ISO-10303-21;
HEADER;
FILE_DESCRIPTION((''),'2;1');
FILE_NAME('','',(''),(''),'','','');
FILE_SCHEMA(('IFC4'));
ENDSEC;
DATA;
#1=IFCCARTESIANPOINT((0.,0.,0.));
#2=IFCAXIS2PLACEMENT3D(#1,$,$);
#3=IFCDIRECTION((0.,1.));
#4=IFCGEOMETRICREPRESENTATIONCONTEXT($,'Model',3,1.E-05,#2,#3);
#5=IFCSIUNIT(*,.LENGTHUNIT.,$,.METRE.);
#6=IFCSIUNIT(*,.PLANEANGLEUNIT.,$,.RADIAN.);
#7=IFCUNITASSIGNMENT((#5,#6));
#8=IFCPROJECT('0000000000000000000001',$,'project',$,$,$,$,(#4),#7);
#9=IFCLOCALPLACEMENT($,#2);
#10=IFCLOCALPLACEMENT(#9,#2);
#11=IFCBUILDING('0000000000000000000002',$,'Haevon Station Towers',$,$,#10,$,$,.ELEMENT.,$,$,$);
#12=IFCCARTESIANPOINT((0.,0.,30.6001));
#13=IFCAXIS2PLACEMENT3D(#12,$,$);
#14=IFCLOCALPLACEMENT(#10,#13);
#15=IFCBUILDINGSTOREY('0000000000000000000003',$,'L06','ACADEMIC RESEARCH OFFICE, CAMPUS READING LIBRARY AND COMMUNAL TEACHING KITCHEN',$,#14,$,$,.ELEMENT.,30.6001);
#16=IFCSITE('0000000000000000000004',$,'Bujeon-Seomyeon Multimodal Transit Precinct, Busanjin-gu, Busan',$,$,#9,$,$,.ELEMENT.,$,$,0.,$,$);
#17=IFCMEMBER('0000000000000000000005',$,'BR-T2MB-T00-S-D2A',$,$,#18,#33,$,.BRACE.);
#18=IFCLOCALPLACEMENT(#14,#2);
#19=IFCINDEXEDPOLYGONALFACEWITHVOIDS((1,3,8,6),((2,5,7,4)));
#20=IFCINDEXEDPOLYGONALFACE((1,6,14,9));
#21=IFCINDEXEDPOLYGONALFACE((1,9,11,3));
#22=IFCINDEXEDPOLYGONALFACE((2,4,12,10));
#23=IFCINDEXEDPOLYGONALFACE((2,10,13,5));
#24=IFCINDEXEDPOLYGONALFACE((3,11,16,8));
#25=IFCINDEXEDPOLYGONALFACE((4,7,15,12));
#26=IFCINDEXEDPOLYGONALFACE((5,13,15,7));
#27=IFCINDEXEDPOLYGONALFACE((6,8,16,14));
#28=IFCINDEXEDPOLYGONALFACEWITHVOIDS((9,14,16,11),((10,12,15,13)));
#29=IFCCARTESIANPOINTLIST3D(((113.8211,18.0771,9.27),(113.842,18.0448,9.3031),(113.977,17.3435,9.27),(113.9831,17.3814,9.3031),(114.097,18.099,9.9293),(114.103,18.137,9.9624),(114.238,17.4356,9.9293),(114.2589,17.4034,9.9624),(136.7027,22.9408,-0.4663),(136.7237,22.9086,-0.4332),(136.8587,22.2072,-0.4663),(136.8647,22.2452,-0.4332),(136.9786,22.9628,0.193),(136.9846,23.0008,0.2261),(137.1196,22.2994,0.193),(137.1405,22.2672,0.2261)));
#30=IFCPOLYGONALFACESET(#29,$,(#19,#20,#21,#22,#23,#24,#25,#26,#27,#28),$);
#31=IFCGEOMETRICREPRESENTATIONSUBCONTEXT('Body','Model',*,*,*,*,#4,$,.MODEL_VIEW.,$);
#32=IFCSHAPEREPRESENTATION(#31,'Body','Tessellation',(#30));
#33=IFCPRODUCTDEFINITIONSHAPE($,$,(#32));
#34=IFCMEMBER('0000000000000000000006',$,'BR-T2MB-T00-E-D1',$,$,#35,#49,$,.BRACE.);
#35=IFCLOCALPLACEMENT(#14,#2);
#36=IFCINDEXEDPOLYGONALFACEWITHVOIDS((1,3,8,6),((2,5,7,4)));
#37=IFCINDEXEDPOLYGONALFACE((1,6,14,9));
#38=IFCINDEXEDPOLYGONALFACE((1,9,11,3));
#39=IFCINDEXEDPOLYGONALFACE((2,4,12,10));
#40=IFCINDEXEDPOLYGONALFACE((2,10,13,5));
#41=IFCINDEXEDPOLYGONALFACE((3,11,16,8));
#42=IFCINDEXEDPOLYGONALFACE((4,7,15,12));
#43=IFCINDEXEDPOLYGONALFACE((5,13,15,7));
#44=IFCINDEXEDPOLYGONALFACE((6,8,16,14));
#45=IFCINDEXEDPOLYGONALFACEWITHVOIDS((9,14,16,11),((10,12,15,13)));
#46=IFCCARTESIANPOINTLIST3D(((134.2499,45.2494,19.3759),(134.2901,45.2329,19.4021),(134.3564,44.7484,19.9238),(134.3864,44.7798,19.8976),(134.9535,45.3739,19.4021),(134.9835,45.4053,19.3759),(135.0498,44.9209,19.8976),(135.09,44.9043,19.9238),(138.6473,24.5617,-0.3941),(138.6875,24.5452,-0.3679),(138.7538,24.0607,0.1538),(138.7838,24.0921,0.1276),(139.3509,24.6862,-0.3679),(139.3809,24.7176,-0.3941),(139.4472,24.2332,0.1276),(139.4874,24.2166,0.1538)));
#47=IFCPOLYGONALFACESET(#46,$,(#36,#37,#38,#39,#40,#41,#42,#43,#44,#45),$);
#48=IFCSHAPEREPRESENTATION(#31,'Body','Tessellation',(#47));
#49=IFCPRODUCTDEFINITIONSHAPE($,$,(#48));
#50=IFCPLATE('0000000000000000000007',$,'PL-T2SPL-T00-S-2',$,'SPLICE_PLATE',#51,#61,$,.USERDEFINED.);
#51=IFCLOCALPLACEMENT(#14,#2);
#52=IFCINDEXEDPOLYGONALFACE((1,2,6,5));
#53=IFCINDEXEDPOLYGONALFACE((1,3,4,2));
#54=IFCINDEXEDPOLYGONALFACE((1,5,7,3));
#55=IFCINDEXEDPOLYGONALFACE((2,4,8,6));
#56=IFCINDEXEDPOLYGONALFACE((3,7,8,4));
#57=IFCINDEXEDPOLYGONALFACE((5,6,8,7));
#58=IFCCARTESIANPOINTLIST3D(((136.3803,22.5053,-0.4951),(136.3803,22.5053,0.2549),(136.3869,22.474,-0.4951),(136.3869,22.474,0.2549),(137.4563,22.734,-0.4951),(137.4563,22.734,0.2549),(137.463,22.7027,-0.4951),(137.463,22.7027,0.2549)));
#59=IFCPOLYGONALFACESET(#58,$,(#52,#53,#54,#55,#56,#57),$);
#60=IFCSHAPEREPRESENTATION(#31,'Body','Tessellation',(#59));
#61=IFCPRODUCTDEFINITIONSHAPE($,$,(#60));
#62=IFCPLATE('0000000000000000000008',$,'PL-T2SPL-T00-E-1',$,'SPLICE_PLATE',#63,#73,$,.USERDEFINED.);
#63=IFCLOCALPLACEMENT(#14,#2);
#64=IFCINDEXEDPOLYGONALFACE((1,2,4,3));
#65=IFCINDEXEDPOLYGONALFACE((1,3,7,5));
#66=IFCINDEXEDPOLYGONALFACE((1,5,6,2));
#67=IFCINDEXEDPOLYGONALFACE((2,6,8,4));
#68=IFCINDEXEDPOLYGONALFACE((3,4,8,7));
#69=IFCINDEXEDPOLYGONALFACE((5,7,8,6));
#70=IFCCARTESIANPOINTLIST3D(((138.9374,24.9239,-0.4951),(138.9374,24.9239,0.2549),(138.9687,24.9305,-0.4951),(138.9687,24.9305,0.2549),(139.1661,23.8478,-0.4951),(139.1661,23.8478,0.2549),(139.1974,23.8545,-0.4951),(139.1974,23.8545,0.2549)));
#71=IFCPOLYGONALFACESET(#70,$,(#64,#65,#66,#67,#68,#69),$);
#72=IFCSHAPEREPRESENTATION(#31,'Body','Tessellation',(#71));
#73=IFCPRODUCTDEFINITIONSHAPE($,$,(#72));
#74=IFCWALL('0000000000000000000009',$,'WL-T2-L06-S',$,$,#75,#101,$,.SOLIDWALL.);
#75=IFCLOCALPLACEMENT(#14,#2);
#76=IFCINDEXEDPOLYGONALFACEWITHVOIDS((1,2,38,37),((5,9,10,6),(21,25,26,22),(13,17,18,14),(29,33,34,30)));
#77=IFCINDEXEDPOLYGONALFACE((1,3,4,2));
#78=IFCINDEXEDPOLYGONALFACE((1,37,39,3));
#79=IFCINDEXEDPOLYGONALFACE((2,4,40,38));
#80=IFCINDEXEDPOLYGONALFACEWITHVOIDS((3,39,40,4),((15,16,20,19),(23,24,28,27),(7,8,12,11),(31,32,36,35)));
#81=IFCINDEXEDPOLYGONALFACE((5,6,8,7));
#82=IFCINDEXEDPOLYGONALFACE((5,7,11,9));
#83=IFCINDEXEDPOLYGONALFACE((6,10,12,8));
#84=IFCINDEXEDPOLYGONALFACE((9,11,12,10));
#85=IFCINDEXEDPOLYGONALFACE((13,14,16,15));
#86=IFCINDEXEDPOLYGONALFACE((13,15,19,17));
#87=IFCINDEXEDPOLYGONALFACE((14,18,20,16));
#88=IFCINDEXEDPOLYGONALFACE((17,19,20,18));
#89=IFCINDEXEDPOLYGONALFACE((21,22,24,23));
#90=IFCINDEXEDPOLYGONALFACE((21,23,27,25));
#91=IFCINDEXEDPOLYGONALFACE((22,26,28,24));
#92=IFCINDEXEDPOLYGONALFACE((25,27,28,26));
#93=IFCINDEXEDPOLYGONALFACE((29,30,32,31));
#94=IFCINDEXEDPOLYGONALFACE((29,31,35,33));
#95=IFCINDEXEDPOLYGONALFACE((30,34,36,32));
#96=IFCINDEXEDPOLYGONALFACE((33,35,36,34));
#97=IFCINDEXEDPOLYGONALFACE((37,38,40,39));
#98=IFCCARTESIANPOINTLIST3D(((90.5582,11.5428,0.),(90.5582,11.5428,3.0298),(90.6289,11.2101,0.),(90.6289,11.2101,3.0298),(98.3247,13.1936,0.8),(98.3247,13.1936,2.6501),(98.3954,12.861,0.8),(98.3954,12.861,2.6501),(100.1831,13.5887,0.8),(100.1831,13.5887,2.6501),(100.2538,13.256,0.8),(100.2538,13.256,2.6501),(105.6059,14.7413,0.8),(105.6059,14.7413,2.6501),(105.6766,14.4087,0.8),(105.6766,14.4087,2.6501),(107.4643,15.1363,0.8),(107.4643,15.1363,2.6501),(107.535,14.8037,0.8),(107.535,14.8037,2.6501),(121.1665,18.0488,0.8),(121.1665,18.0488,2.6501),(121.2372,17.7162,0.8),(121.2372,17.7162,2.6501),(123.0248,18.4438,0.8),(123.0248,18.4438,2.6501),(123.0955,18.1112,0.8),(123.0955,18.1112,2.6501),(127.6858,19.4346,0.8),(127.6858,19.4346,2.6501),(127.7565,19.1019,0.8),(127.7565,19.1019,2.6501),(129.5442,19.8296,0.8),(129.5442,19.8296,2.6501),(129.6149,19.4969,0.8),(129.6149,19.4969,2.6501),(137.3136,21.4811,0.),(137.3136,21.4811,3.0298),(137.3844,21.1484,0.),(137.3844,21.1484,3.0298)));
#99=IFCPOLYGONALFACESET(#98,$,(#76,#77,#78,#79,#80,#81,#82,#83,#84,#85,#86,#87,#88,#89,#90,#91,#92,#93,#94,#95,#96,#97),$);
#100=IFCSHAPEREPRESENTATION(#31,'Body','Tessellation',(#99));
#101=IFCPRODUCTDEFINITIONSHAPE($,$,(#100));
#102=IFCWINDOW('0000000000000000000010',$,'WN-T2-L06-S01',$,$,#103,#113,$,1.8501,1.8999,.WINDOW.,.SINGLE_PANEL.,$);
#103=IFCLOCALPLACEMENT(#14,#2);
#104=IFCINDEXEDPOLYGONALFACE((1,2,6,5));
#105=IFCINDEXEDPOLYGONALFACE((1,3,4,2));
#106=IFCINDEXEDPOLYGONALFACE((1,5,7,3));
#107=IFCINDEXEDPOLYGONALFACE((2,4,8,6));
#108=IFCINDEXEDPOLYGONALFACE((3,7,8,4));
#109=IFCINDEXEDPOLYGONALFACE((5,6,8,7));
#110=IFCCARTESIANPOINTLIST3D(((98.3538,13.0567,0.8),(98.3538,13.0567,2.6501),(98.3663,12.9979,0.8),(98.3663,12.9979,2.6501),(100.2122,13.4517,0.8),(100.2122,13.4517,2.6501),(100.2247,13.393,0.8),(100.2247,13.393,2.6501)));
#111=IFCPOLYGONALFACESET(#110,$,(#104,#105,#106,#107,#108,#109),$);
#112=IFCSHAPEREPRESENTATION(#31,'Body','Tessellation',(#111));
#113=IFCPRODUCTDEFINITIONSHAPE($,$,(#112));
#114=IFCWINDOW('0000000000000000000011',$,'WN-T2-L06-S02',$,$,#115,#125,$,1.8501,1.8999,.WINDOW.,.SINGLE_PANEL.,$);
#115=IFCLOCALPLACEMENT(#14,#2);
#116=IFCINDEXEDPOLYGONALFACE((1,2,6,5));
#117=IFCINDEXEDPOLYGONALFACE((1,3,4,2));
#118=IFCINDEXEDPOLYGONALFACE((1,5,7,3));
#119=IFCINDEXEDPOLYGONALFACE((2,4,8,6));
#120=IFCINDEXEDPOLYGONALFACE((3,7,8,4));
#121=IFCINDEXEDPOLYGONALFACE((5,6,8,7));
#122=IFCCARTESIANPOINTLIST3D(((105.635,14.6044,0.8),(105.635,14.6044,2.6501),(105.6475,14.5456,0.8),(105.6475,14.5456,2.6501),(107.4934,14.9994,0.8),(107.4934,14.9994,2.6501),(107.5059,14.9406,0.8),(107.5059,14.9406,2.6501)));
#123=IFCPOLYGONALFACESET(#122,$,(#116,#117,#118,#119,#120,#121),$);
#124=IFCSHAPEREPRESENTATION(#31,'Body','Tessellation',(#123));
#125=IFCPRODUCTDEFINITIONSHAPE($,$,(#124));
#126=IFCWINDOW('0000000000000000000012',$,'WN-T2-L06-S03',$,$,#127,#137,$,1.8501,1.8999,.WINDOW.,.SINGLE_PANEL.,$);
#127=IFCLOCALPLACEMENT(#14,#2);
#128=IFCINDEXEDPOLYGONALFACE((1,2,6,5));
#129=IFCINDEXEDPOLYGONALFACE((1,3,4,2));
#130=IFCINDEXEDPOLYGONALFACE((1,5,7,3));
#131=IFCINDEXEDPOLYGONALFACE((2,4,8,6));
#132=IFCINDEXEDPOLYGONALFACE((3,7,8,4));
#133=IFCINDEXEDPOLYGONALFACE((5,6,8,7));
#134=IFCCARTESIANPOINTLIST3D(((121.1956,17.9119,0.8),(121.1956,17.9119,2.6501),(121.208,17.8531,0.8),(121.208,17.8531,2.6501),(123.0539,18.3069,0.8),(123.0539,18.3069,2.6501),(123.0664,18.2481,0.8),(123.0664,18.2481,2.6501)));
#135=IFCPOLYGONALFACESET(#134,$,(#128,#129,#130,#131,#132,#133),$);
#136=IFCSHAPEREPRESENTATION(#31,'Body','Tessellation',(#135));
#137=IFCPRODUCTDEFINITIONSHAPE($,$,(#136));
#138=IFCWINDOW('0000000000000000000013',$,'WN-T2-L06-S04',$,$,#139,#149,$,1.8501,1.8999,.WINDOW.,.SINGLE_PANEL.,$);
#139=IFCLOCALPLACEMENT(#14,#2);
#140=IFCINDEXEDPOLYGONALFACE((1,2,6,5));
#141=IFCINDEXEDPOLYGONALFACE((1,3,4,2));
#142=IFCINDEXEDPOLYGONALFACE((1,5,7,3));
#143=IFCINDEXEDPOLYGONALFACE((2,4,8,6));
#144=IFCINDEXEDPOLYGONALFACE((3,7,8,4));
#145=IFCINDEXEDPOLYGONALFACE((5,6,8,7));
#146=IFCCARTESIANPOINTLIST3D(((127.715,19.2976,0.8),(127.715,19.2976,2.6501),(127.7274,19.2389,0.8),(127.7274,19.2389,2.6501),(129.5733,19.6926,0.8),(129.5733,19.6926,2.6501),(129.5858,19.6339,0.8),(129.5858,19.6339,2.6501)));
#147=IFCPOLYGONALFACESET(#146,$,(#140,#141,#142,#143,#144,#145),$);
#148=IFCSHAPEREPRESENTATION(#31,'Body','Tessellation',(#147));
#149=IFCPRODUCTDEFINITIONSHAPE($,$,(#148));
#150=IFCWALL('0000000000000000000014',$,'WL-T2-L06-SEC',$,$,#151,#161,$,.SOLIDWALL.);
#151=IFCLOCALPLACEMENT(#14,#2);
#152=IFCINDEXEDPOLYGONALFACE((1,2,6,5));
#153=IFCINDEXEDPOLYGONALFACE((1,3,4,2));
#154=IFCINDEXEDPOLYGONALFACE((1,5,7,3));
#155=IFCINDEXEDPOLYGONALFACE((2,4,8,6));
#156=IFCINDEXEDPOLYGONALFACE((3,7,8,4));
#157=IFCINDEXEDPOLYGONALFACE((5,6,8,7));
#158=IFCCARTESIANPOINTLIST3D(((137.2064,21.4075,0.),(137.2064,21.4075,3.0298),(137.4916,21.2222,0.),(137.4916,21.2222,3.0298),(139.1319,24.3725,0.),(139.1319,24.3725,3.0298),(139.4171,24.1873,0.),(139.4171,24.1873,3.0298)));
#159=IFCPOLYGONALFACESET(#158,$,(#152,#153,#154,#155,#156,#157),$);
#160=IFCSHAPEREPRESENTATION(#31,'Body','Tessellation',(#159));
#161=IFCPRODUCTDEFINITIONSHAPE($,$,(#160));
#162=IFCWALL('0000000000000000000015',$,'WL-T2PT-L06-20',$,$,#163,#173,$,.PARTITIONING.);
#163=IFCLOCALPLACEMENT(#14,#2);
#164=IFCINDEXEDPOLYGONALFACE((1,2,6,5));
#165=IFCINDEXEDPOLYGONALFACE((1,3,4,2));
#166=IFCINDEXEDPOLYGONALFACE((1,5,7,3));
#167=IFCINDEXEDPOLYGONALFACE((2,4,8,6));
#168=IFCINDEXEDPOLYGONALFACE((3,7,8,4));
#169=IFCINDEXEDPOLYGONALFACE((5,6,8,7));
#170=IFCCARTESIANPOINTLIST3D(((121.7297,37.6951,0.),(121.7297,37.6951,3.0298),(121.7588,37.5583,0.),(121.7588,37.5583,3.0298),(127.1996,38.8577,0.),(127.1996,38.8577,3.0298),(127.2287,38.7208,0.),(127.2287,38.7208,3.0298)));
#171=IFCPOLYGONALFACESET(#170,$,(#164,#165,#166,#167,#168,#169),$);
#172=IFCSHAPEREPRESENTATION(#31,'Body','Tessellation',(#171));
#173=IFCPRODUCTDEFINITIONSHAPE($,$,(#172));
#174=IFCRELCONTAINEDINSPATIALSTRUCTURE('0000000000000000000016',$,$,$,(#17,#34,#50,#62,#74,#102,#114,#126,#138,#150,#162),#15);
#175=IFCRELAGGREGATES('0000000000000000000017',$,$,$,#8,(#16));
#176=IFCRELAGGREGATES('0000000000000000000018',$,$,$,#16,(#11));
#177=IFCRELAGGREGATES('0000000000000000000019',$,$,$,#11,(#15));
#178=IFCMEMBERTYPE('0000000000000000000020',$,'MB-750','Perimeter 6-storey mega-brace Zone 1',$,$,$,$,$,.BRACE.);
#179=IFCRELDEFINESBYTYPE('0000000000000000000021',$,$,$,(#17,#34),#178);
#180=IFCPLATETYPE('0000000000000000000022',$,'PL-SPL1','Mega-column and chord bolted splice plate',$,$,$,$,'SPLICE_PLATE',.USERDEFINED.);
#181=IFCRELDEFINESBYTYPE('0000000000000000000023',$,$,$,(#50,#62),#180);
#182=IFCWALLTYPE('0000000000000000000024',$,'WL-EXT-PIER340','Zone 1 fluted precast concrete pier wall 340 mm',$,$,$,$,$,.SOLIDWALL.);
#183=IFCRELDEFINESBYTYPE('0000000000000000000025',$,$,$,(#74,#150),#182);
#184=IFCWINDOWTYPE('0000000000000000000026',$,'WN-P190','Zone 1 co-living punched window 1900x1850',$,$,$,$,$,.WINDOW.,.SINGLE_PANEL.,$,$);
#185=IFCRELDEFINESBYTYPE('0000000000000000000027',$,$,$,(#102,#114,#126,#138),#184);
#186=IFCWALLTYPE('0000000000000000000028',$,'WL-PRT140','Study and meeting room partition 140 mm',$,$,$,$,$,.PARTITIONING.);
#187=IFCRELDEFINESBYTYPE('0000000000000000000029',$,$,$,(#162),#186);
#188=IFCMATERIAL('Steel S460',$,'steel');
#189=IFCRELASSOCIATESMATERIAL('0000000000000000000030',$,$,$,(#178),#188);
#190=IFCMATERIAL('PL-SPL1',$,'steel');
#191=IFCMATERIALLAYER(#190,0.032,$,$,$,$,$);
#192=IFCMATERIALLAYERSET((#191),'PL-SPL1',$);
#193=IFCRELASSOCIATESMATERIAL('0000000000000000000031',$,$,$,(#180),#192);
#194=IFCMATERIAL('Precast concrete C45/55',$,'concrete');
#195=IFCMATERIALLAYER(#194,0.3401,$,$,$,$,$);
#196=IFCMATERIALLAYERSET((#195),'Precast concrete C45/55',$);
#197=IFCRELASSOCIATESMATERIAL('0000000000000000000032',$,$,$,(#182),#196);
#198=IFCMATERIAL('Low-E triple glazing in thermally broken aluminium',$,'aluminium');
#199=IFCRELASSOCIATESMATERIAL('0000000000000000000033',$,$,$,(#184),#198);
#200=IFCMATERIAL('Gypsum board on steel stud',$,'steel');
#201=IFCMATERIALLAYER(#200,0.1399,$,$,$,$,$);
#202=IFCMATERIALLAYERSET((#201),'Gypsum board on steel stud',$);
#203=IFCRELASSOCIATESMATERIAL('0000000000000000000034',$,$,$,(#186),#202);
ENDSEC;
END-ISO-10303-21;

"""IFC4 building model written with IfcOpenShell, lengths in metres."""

from ifc_helpers import new_model, si_unit, direction, frame, frame_2d, origin, origin_2d, place, context, subcontext, project, spatial, rectangle, hollow_rectangle, extrude, material, layer, layer_set, material_profile, profile_set, type_object, element, fill, save


model = new_model("IFC4")

# Units and contexts
model_context = context("Model", 3, precision=1e-05, world=origin(), true_north=direction((0.0, 1.0)))
body_context = subcontext(model_context, "Body", "Model", "MODEL_VIEW")
ifc_project = project(units=[si_unit("LENGTHUNIT", "METRE"), si_unit("PLANEANGLEUNIT", "RADIAN")], contexts=[model_context])

# Site, building, storey
site_placement = place(None, origin())
site = spatial("IfcSite", under=ifc_project, at=site_placement, Name="Bujeon-Seomyeon Multimodal Transit Precinct, Busanjin-gu, Busan", CompositionType="ELEMENT", RefElevation=0.0)
building_placement = place(site_placement, origin())
building = spatial("IfcBuilding", under=site, at=building_placement, Name="Haevon Station Towers", CompositionType="ELEMENT")
storey_placement = place(building_placement, frame((0.0, 0.0, 30.6001)))
storey = spatial("IfcBuildingStorey", under=building, at=storey_placement, Name="L06", Description="ACADEMIC RESEARCH OFFICE, CAMPUS READING LIBRARY AND COMMUNAL TEACHING KITCHEN", CompositionType="ELEMENT", Elevation=30.6001)

# Shared definitions
ifc_material_1 = material(Name="Steel S460", Category="steel")

# Members
ifc_material_profile_1 = material_profile(ifc_material_1, hollow_rectangle(XDim=0.75, YDim=0.75, WallThickness=0.0359, at=origin_2d()), Name="RHS-750x750x36")
ifc_profile_set_1 = profile_set([ifc_material_profile_1], Name="Steel S460")
member_type = type_object("IfcMemberType", Name="MB-750", Description="Perimeter 6-storey mega-brace Zone 1", PredefinedType="BRACE", material=ifc_profile_set_1)
member_1_placement = place(storey_placement, frame((136.9216, 22.604, -0.1201), z_axis=(-0.903051, -0.191955, 0.384256), x_axis=(0.207917, -0.978146, 0.0)))
element("IfcMember", 1, at=member_1_placement, inside=storey, type_object=member_type, Name="BR-T2MB-T00-S-D2A", PredefinedType="BRACE", context=body_context, shape_type="SweptSolid", body=[
    extrude(hollow_rectangle(XDim=0.75, YDim=0.75, WallThickness=0.0359, at=origin_2d()), origin(), (0.0, 0.0, 1.0), 25.3381),
])
member_2_placement = place(storey_placement, frame((139.0674, 24.3892, -0.1201), z_axis=(-0.151892, 0.714572, 0.682873), x_axis=(-0.978146, -0.207918, 0.0)))
element("IfcMember", 2, at=member_2_placement, inside=storey, type_object=member_type, Name="BR-T2MB-T00-E-D1", PredefinedType="BRACE", context=body_context, shape_type="SweptSolid", body=[
    extrude(hollow_rectangle(XDim=0.75, YDim=0.75, WallThickness=0.0359, at=origin_2d()), origin(), (0.0, 0.0, 1.0), 28.9512),
])

# Plates
ifc_material_2 = material(Name="PL-SPL1", Category="steel")
ifc_layer_1 = layer(ifc_material_2, 0.032)
ifc_layer_set_1 = layer_set([ifc_layer_1], Name="PL-SPL1")
plate_type = type_object("IfcPlateType", Name="PL-SPL1", Description="Mega-column and chord bolted splice plate", ElementType="SPLICE_PLATE", PredefinedType="USERDEFINED", material=ifc_layer_set_1)
for number, where, z_axis, x_axis, name in (
    (3, (136.9216, 22.604, -0.4951), (0.0, 0.0, 1.0), (0.978148, 0.207912, 0.0), "PL-T2SPL-T00-S-2"),
    (4, (139.0674, 24.3892, -0.4951), (0.0, 0.0, 1.0), (-0.207912, 0.978148, 0.0), "PL-T2SPL-T00-E-1"),
):
    element("IfcPlate", number, at=place(storey_placement, frame(where, z_axis=z_axis, x_axis=x_axis)), inside=storey, type_object=plate_type, Name=name, ObjectType="SPLICE_PLATE", PredefinedType="USERDEFINED", context=body_context, shape_type="SweptSolid", body=[
        extrude(rectangle(XDim=1.1001, YDim=0.032, at=origin_2d()), origin(), (0.0, 0.0, 1.0), 0.75),
    ])

# Wall, openings, windows
ifc_material_3 = material(Name="Precast concrete C45/55", Category="concrete")
ifc_layer_2 = layer(ifc_material_3, 0.3401)
ifc_layer_set_2 = layer_set([ifc_layer_2], Name="Precast concrete C45/55")
wall_type_1 = type_object("IfcWallType", Name="WL-EXT-PIER340", Description="Zone 1 fluted precast concrete pier wall 340 mm", PredefinedType="SOLIDWALL", material=ifc_layer_set_2)
wall_1_placement = place(storey_placement, frame((137.3489, 21.3147, 0.0), z_axis=(0.0, 0.0, 1.0), x_axis=(-0.978147, -0.207913, 0.0)))
wall_1 = element("IfcWall", 5, at=wall_1_placement, inside=storey, type_object=wall_type_1, Name="WL-T2-L06-S", PredefinedType="SOLIDWALL", context=body_context, shape_type="SweptSolid", body=[
    extrude(rectangle(XDim=47.8, YDim=0.3401, at=frame_2d((23.8999, 0.0))), origin(), (0.0, 0.0, 1.0), 3.0298),
])
opening_1_placement = place(wall_1_placement, frame((37.96, 0.0, 0.8)))
opening_1 = element("IfcOpeningElement", 6, at=opening_1_placement, cuts=wall_1, PredefinedType="OPENING", context=body_context, shape_type="SweptSolid", body=[
    extrude(rectangle(XDim=1.8999, YDim=1.8501, at=frame_2d((0.95, 0.925))), frame((0.0, 0.1799, 0.0), z_axis=(0.0, -1.0, 0.0), x_axis=(1.0, 0.0, 0.0)), (0.0, 0.0, 1.0), 0.3601),
])
opening_2_placement = place(wall_1_placement, frame((30.5161, 0.0, 0.8)))
opening_2 = element("IfcOpeningElement", 7, at=opening_2_placement, cuts=wall_1, PredefinedType="OPENING", context=body_context, shape_type="SweptSolid", body=[
    extrude(rectangle(XDim=1.8999, YDim=1.8501, at=frame_2d((0.95, 0.925))), frame((0.0, 0.1799, 0.0), z_axis=(0.0, -1.0, 0.0), x_axis=(1.0, 0.0, 0.0)), (0.0, 0.0, 1.0), 0.3601),
])
opening_3_placement = place(wall_1_placement, frame((14.6079, 0.0, 0.8)))
opening_3 = element("IfcOpeningElement", 8, at=opening_3_placement, cuts=wall_1, PredefinedType="OPENING", context=body_context, shape_type="SweptSolid", body=[
    extrude(rectangle(XDim=1.8999, YDim=1.8501, at=frame_2d((0.95, 0.925))), frame((0.0, 0.1799, 0.0), z_axis=(0.0, -1.0, 0.0), x_axis=(1.0, 0.0, 0.0)), (0.0, 0.0, 1.0), 0.3601),
])
opening_4_placement = place(wall_1_placement, frame((7.9429, 0.0, 0.8)))
opening_4 = element("IfcOpeningElement", 9, at=opening_4_placement, cuts=wall_1, PredefinedType="OPENING", context=body_context, shape_type="SweptSolid", body=[
    extrude(rectangle(XDim=1.8999, YDim=1.8501, at=frame_2d((0.95, 0.925))), frame((0.0, 0.1799, 0.0), z_axis=(0.0, -1.0, 0.0), x_axis=(1.0, 0.0, 0.0)), (0.0, 0.0, 1.0), 0.3601),
])
ifc_material_4 = material(Name="Low-E triple glazing in thermally broken aluminium", Category="aluminium")
window_type = type_object("IfcWindowType", Name="WN-P190", Description="Zone 1 co-living punched window 1900x1850", PartitioningType="SINGLE_PANEL", PredefinedType="WINDOW", material=ifc_material_4)
window_1_placement = place(opening_1_placement, origin())
window_1 = element("IfcWindow", 10, at=window_1_placement, inside=storey, type_object=window_type, Name="WN-T2-L06-S01", OverallHeight=1.8501, OverallWidth=1.8999, PartitioningType="SINGLE_PANEL", PredefinedType="WINDOW", context=body_context, shape_type="SweptSolid", body=[
    extrude(rectangle(XDim=1.8999, YDim=1.8501, at=frame_2d((0.95, 0.925))), frame((0.0, 0.03, 0.0), z_axis=(0.0, -1.0, 0.0), x_axis=(1.0, 0.0, 0.0)), (0.0, 0.0, 1.0), 0.0601),
])
fill(opening_1, window_1)
window_2_placement = place(opening_2_placement, origin())
window_2 = element("IfcWindow", 11, at=window_2_placement, inside=storey, type_object=window_type, Name="WN-T2-L06-S02", OverallHeight=1.8501, OverallWidth=1.8999, PartitioningType="SINGLE_PANEL", PredefinedType="WINDOW", context=body_context, shape_type="SweptSolid", body=[
    extrude(rectangle(XDim=1.8999, YDim=1.8501, at=frame_2d((0.95, 0.925))), frame((0.0, 0.03, 0.0), z_axis=(0.0, -1.0, 0.0), x_axis=(1.0, 0.0, 0.0)), (0.0, 0.0, 1.0), 0.0601),
])
fill(opening_2, window_2)
window_3_placement = place(opening_3_placement, origin())
window_3 = element("IfcWindow", 12, at=window_3_placement, inside=storey, type_object=window_type, Name="WN-T2-L06-S03", OverallHeight=1.8501, OverallWidth=1.8999, PartitioningType="SINGLE_PANEL", PredefinedType="WINDOW", context=body_context, shape_type="SweptSolid", body=[
    extrude(rectangle(XDim=1.8999, YDim=1.8501, at=frame_2d((0.95, 0.925))), frame((0.0, 0.03, 0.0), z_axis=(0.0, -1.0, 0.0), x_axis=(1.0, 0.0, 0.0)), (0.0, 0.0, 1.0), 0.0601),
])
fill(opening_3, window_3)
window_4_placement = place(opening_4_placement, origin())
window_4 = element("IfcWindow", 13, at=window_4_placement, inside=storey, type_object=window_type, Name="WN-T2-L06-S04", OverallHeight=1.8501, OverallWidth=1.8999, PartitioningType="SINGLE_PANEL", PredefinedType="WINDOW", context=body_context, shape_type="SweptSolid", body=[
    extrude(rectangle(XDim=1.8999, YDim=1.8501, at=frame_2d((0.95, 0.925))), frame((0.0, 0.03, 0.0), z_axis=(0.0, -1.0, 0.0), x_axis=(1.0, 0.0, 0.0)), (0.0, 0.0, 1.0), 0.0601),
])
fill(opening_4, window_4)

# Walls
wall_2_placement = place(storey_placement, frame((139.2744, 24.2798, 0.0), z_axis=(0.0, 0.0, 1.0), x_axis=(-0.544636, -0.838672, 0.0)))
element("IfcWall", 14, at=wall_2_placement, inside=storey, type_object=wall_type_1, Name="WL-T2-L06-SEC", PredefinedType="SOLIDWALL", context=body_context, shape_type="SweptSolid", body=[
    extrude(rectangle(XDim=3.5354, YDim=0.3401, at=frame_2d((1.7676, 0.0))), origin(), (0.0, 0.0, 1.0), 3.0298),
])
ifc_material_5 = material(Name="Gypsum board on steel stud", Category="steel")
ifc_layer_3 = layer(ifc_material_5, 0.1399)
ifc_layer_set_3 = layer_set([ifc_layer_3], Name="Gypsum board on steel stud")
wall_type_2 = type_object("IfcWallType", Name="WL-PRT140", Description="Study and meeting room partition 140 mm", PredefinedType="PARTITIONING", material=ifc_layer_set_3)
wall_3_placement = place(storey_placement, frame((121.7444, 37.6267, 0.0), z_axis=(0.0, 0.0, 1.0), x_axis=(0.978151, 0.207898, 0.0)))
element("IfcWall", 15, at=wall_3_placement, inside=storey, type_object=wall_type_2, Name="WL-T2PT-L06-20", PredefinedType="PARTITIONING", context=body_context, shape_type="SweptSolid", body=[
    extrude(rectangle(XDim=5.592, YDim=0.1399, at=frame_2d((2.7959, 0.0))), origin(), (0.0, 0.0, 1.0), 3.0298),
])

save(model, "model.ifc")
